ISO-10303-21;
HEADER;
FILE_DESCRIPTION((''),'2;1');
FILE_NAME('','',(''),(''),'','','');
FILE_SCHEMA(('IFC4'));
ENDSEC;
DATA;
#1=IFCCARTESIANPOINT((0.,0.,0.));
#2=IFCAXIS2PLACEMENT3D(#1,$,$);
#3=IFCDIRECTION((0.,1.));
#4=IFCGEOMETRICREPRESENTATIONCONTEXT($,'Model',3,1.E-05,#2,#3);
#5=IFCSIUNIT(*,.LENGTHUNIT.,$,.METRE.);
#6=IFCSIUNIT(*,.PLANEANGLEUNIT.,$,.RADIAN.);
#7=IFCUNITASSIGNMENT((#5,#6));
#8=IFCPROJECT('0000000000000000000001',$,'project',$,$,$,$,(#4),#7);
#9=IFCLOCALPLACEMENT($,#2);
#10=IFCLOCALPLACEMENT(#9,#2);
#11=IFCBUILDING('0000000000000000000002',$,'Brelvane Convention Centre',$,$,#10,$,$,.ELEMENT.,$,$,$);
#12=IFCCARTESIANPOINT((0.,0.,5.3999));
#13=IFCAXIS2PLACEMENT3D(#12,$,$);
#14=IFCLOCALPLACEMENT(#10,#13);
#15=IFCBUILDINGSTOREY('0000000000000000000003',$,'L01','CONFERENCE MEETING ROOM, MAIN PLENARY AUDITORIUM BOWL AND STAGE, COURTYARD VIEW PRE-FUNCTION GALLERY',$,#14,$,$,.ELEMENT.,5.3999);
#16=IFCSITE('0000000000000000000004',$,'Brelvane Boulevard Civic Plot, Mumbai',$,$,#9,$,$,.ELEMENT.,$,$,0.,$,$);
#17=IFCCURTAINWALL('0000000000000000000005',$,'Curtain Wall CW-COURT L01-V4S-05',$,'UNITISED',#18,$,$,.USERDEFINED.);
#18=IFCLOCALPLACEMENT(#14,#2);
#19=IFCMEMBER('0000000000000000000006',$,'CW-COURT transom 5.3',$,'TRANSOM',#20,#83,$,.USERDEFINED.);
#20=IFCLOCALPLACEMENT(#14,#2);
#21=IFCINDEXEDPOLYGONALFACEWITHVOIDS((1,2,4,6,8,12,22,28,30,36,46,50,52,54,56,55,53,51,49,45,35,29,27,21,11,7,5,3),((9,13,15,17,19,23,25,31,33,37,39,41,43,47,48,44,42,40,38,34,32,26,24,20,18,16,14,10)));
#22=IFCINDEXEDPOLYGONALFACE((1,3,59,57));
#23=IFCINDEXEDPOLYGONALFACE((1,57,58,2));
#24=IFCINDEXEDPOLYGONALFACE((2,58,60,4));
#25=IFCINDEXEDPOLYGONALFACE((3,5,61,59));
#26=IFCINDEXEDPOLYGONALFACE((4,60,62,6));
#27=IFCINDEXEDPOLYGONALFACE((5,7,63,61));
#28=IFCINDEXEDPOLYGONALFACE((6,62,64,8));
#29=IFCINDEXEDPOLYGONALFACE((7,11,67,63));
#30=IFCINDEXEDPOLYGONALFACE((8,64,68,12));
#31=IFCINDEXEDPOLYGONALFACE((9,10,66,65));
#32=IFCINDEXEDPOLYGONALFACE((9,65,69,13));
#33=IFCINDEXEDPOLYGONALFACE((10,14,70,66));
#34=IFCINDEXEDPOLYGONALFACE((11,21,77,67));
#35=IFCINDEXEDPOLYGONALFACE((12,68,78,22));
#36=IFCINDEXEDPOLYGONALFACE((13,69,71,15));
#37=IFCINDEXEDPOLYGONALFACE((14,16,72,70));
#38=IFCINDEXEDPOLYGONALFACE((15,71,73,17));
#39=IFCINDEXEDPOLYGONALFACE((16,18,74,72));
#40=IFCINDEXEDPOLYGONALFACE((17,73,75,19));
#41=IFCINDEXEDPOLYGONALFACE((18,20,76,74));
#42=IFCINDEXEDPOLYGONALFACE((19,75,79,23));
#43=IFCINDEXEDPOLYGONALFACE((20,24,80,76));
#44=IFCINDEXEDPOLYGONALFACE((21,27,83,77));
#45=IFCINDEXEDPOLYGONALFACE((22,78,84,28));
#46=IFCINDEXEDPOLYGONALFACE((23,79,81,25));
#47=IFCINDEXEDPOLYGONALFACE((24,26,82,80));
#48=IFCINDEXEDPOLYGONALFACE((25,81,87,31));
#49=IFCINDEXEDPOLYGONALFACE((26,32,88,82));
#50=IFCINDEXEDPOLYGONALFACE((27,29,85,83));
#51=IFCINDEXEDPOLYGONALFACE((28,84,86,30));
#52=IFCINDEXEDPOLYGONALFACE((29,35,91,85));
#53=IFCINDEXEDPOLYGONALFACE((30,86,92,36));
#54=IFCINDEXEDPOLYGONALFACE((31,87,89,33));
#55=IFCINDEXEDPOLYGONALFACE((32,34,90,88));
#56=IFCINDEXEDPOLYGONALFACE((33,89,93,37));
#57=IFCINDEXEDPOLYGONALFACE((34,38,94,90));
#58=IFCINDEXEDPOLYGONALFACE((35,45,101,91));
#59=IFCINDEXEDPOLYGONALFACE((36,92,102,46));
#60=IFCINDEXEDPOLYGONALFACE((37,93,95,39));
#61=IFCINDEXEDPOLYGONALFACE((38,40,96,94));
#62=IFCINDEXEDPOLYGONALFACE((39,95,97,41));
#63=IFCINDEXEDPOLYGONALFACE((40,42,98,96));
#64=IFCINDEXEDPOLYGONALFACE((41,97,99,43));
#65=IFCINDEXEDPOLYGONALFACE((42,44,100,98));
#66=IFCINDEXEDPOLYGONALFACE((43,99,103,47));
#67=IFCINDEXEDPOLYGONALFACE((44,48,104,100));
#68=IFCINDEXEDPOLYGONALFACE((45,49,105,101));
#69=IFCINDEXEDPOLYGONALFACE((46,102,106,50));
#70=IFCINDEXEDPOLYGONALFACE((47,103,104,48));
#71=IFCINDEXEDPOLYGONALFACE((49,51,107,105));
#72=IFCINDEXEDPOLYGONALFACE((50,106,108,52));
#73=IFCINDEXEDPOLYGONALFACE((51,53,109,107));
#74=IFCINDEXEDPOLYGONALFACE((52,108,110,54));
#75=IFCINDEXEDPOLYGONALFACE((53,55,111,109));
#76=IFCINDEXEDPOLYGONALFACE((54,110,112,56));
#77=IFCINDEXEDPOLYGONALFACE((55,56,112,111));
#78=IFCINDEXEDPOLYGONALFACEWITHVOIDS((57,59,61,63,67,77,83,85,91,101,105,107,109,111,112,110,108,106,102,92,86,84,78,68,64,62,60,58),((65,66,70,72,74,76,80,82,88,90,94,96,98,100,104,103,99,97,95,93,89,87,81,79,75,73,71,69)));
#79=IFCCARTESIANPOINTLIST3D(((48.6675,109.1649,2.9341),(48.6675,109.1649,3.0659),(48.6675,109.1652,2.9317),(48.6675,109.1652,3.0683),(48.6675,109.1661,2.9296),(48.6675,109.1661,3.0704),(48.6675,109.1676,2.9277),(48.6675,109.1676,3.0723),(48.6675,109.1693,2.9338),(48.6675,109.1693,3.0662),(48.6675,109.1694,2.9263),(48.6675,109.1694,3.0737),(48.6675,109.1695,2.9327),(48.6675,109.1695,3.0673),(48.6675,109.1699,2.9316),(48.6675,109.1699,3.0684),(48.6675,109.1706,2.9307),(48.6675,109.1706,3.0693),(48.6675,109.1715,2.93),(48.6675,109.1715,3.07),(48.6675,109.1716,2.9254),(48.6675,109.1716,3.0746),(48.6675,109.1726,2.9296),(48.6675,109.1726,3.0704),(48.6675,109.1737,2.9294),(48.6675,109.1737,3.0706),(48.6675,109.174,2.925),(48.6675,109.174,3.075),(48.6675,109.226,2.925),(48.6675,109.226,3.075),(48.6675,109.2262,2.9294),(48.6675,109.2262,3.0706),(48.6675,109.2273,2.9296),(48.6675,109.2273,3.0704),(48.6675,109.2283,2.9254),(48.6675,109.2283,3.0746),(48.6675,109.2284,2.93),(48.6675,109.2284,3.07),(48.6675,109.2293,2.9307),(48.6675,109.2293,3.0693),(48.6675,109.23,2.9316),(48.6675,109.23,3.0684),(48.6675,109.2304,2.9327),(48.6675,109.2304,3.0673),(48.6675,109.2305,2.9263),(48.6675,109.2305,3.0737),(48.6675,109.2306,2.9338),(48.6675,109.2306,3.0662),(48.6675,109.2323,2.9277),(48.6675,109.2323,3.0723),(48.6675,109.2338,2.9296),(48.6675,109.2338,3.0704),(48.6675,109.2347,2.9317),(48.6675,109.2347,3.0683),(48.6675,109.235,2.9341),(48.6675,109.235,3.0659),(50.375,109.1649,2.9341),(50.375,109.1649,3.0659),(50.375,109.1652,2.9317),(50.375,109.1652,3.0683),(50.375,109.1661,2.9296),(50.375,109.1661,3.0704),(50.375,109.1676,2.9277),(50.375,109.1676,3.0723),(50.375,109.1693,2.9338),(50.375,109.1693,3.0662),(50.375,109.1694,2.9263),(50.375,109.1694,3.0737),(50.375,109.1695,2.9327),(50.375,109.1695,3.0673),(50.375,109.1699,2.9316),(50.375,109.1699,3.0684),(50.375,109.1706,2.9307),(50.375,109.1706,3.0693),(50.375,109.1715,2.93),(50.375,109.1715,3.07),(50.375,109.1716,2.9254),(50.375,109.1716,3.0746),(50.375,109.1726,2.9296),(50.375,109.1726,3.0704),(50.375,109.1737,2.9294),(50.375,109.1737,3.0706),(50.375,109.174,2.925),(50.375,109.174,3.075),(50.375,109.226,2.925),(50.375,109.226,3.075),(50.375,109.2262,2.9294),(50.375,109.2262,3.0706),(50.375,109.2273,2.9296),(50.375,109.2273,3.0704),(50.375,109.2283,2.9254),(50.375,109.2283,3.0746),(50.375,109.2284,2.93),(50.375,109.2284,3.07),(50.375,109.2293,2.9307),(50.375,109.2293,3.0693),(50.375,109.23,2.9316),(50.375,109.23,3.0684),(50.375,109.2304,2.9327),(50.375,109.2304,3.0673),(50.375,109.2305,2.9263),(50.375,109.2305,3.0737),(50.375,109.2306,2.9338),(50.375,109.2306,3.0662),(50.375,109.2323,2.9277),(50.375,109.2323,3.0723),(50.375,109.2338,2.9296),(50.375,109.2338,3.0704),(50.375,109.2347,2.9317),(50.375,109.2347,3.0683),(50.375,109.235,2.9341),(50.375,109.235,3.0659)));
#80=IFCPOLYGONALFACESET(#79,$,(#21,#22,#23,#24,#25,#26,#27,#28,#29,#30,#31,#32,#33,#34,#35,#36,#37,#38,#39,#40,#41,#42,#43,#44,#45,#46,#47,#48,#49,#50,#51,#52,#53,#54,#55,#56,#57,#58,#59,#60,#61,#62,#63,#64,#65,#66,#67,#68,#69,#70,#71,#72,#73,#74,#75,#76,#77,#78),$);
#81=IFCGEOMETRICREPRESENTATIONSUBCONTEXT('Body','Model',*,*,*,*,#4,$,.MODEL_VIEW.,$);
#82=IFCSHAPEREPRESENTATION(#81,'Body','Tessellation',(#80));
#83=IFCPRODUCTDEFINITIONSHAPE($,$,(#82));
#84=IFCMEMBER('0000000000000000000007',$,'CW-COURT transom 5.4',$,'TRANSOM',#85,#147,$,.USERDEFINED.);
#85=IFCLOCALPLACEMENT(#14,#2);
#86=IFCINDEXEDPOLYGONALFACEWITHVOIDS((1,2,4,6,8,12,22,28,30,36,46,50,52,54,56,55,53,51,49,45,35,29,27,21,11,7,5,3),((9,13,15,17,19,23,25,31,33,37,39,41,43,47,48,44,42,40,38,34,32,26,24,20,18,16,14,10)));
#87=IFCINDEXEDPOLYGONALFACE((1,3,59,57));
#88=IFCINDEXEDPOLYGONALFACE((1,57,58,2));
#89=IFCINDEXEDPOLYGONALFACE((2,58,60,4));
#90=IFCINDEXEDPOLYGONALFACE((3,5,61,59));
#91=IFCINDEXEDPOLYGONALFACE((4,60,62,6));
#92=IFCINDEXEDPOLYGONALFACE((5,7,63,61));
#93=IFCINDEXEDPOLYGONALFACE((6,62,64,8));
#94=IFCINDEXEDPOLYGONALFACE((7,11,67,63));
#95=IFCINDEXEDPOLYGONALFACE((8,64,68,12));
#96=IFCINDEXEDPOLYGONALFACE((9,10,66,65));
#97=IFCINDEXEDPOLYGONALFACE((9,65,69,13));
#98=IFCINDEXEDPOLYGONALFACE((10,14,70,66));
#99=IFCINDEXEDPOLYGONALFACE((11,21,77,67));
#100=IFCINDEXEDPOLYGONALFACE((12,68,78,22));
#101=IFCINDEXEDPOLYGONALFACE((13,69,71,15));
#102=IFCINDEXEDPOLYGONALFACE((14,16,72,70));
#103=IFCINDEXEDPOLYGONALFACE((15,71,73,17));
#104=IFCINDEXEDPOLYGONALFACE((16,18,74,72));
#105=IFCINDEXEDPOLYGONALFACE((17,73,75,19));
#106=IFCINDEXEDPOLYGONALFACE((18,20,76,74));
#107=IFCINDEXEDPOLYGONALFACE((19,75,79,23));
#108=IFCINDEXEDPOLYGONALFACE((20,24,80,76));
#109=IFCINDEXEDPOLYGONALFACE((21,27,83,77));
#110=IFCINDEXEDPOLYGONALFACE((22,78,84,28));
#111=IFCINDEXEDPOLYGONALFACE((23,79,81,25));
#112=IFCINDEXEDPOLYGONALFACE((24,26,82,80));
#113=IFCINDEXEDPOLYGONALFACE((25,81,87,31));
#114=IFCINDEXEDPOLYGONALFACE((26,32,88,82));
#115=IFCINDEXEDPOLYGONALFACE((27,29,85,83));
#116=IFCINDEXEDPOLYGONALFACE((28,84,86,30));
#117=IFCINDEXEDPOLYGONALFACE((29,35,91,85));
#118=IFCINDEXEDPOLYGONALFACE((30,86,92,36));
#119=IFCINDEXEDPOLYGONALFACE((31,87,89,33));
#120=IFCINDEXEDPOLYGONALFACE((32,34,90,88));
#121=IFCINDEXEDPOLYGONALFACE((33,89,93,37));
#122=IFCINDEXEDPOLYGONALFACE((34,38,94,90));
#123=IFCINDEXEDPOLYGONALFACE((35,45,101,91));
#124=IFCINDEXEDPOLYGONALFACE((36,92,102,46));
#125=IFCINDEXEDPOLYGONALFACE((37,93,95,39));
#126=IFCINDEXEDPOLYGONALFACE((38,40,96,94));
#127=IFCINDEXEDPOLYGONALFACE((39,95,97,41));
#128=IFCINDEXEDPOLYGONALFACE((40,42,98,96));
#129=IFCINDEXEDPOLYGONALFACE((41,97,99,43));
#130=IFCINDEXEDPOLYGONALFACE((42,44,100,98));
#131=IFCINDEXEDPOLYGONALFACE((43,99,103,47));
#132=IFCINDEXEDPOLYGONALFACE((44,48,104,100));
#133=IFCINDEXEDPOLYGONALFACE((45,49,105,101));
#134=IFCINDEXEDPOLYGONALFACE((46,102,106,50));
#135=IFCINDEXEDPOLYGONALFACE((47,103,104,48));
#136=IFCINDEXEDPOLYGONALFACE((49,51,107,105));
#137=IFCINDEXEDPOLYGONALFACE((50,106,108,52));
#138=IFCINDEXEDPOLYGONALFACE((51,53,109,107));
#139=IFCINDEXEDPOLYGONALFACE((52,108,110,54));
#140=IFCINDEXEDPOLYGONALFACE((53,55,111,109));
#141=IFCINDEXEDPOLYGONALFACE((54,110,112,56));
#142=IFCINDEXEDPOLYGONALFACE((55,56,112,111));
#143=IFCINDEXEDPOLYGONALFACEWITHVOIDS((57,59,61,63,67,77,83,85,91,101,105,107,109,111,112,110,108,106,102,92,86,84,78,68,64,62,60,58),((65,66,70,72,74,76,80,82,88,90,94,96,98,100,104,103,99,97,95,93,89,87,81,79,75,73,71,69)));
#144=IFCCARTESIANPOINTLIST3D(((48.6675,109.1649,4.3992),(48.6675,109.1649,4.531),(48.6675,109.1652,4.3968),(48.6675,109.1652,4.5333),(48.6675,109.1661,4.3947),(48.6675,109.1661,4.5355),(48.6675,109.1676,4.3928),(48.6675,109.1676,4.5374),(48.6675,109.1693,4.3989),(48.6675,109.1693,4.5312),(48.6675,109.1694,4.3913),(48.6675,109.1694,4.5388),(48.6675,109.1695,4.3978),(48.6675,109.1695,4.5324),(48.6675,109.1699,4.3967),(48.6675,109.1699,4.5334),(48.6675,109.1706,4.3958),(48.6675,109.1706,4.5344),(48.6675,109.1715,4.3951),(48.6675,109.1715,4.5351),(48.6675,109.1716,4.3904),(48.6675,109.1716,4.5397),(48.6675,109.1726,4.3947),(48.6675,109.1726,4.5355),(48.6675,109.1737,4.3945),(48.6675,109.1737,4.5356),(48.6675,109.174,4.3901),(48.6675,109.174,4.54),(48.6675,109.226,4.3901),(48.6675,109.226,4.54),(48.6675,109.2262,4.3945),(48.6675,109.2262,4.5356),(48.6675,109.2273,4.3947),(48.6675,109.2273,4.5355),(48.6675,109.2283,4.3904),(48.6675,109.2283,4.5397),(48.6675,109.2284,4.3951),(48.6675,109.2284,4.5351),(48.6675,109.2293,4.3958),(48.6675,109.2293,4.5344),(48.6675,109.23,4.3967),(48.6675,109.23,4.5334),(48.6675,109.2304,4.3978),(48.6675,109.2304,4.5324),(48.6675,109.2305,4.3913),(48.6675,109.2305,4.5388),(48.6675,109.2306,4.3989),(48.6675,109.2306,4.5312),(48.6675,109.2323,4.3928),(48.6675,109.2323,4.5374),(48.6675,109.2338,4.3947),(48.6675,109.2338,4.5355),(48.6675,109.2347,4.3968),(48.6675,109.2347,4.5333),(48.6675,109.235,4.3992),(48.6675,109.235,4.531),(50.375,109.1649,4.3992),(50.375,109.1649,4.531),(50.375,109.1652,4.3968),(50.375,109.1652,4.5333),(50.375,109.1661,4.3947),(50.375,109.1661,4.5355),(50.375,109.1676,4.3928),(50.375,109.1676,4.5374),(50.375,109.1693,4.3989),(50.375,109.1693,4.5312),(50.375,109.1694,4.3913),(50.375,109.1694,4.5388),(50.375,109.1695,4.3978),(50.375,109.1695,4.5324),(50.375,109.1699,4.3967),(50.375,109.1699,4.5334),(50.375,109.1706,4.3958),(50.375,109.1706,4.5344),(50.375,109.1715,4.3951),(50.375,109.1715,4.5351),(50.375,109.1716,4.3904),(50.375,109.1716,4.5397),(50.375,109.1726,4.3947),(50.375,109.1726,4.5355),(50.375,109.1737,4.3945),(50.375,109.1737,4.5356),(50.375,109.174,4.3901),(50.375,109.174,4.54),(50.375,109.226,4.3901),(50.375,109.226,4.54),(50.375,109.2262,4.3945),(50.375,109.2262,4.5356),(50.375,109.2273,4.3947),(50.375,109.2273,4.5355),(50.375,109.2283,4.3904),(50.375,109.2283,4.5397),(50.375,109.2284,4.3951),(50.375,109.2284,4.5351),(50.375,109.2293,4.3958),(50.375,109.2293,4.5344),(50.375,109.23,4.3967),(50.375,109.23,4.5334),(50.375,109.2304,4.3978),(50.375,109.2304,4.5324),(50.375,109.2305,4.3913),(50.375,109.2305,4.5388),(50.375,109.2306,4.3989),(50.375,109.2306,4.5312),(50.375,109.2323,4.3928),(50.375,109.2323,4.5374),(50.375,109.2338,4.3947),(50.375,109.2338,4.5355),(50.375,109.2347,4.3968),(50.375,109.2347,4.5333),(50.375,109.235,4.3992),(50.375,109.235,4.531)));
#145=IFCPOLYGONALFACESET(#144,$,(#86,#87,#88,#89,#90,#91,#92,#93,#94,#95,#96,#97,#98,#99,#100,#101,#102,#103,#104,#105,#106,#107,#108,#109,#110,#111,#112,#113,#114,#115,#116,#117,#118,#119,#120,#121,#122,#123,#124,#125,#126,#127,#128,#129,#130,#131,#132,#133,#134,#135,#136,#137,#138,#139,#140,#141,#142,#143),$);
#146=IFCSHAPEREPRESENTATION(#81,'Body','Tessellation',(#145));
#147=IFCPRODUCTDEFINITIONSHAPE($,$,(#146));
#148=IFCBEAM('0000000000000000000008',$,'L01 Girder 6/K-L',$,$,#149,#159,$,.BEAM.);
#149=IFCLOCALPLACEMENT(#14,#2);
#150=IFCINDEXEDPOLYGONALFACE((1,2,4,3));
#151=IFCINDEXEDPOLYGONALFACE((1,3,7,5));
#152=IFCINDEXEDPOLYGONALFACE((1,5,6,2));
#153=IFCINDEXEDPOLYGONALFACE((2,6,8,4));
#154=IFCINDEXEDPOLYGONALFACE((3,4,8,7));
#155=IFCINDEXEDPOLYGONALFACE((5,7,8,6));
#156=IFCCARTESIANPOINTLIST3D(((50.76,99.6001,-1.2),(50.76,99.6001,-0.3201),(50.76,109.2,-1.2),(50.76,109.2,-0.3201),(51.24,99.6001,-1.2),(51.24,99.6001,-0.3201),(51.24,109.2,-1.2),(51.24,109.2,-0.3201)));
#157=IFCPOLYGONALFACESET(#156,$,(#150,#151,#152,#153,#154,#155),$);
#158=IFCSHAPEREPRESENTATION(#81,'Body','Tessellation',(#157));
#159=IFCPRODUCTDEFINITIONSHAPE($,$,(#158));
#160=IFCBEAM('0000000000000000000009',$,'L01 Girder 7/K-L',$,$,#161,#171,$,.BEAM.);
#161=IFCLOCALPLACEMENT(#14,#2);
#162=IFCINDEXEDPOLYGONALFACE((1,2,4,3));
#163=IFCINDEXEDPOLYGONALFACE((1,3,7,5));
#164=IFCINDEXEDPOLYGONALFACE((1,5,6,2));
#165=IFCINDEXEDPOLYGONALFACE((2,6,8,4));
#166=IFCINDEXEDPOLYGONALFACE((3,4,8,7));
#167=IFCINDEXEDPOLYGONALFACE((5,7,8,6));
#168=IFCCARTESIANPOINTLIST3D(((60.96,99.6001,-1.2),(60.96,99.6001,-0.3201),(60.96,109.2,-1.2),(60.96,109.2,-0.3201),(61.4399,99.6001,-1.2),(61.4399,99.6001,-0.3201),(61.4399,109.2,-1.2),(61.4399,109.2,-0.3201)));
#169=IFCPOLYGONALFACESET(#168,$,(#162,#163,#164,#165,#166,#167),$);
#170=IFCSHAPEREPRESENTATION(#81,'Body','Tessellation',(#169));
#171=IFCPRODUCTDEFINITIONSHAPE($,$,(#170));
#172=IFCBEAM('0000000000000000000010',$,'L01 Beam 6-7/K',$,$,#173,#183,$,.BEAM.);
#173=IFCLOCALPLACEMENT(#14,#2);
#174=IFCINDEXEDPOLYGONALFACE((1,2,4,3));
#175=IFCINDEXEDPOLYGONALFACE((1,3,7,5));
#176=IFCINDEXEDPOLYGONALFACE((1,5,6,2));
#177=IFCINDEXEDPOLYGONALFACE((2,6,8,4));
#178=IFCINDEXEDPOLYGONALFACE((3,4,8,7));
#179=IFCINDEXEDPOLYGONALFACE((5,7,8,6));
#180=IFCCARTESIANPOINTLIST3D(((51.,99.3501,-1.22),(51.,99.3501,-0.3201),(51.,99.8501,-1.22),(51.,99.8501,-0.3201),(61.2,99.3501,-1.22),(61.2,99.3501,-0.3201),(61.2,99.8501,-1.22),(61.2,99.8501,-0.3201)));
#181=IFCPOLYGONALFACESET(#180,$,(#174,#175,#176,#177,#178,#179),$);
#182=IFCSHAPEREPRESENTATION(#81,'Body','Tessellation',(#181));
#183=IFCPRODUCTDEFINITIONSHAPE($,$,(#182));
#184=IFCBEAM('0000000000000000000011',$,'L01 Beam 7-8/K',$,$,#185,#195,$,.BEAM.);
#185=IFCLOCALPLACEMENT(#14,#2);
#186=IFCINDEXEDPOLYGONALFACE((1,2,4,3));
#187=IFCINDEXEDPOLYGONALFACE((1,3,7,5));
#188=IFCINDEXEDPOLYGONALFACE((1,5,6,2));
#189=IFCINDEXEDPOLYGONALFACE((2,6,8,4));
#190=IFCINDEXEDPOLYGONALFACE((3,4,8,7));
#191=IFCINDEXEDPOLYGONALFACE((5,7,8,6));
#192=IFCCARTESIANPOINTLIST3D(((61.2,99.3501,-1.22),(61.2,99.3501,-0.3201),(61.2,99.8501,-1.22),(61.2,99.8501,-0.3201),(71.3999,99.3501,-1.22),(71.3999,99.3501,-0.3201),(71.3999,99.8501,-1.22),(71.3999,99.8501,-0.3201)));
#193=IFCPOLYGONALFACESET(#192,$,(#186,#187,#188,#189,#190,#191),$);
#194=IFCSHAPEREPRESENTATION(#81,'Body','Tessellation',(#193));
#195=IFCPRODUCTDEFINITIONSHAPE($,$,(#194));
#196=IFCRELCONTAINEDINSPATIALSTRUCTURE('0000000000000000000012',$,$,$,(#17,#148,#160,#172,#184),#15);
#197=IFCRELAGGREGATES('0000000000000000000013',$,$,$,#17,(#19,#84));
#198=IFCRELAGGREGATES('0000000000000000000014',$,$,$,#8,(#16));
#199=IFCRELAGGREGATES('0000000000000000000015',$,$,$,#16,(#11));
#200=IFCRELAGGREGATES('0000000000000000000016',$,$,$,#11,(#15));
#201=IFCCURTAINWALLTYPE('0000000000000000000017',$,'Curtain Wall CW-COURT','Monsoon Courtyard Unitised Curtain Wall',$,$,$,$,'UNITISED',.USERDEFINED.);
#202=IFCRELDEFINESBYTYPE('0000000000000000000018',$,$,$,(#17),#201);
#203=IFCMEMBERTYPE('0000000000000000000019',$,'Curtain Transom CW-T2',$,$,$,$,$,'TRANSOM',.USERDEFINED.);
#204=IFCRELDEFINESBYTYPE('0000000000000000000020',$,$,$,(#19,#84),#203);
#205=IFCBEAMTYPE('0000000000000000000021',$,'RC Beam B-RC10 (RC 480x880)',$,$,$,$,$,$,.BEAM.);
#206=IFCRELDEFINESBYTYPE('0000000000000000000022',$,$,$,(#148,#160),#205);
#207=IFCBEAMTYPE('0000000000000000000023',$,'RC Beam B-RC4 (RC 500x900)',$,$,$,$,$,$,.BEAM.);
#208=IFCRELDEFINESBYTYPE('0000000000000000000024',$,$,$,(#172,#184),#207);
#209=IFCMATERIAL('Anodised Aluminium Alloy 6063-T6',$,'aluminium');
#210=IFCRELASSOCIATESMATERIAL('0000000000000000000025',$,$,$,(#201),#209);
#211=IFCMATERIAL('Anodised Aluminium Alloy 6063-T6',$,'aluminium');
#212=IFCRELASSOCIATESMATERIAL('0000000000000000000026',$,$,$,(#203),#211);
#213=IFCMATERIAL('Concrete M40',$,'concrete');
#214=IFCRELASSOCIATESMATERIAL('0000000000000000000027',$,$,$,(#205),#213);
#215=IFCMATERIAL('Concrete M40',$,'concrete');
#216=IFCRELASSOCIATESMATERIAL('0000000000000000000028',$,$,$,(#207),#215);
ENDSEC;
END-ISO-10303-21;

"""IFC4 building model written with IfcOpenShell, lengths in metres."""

from ifc_helpers import new_model, si_unit, direction, frame, origin, origin_2d, place, context, subcontext, project, spatial, rectangle, hollow_rectangle, extrude, material, material_profile, profile_set, type_object, element, aggregate, save


model = new_model("IFC4")

# Units and contexts
model_context = context("Model", 3, precision=1e-05, world=origin(), true_north=direction((0.0, 1.0)))
body_context = subcontext(model_context, "Body", "Model", "MODEL_VIEW")
ifc_project = project(units=[si_unit("LENGTHUNIT", "METRE"), si_unit("PLANEANGLEUNIT", "RADIAN")], contexts=[model_context])

# Site, building, storey
site_placement = place(None, origin())
site = spatial("IfcSite", under=ifc_project, at=site_placement, Name="Brelvane Boulevard Civic Plot, Mumbai", CompositionType="ELEMENT", RefElevation=0.0)
building_placement = place(site_placement, origin())
building = spatial("IfcBuilding", under=site, at=building_placement, Name="Brelvane Convention Centre", CompositionType="ELEMENT")
storey_placement = place(building_placement, frame((0.0, 0.0, 5.3999)))
storey = spatial("IfcBuildingStorey", under=building, at=storey_placement, Name="L01", Description="CONFERENCE MEETING ROOM, MAIN PLENARY AUDITORIUM BOWL AND STAGE, COURTYARD VIEW PRE-FUNCTION GALLERY", CompositionType="ELEMENT", Elevation=5.3999)

# Curtain wall, members
ifc_material_1 = material(Name="Anodised Aluminium Alloy 6063-T6", Category="aluminium")
curtain_wall_type = type_object("IfcCurtainWallType", Name="Curtain Wall CW-COURT", Description="Monsoon Courtyard Unitised Curtain Wall", ElementType="UNITISED", PredefinedType="USERDEFINED", material=ifc_material_1)
curtain_wall_placement = place(storey_placement, origin())
curtain_wall = element("IfcCurtainWall", 1, at=curtain_wall_placement, inside=storey, type_object=curtain_wall_type, Name="Curtain Wall CW-COURT L01-V4S-05", ObjectType="UNITISED", PredefinedType="USERDEFINED")
ifc_material_2 = material(Name="Anodised Aluminium Alloy 6063-T6", Category="aluminium")
ifc_material_profile_1 = material_profile(ifc_material_2, hollow_rectangle(XDim=0.0701, YDim=0.1499, WallThickness=0.0044, InnerFilletRadius=0.0044, OuterFilletRadius=0.009, at=origin_2d()), Name="ALU-T 150x70x4.5")
ifc_profile_set_1 = profile_set([ifc_material_profile_1], Name="Anodised Aluminium Alloy 6063-T6")
member_type_1 = type_object("IfcMemberType", Name="Curtain Transom CW-T2", ElementType="TRANSOM", PredefinedType="USERDEFINED", material=ifc_profile_set_1)
member_1_placement = place(storey_placement, frame((48.6675, 109.2, 3.0), z_axis=(1.0, 0.0, 0.0), x_axis=(0.0, 1.0, 0.0)))
member_1 = element("IfcMember", 2, at=member_1_placement, type_object=member_type_1, Name="CW-COURT transom 5.3", ObjectType="TRANSOM", PredefinedType="USERDEFINED", context=body_context, shape_type="SweptSolid", body=[
    extrude(hollow_rectangle(XDim=0.0701, YDim=0.1499, WallThickness=0.0044, InnerFilletRadius=0.0044, OuterFilletRadius=0.009, at=origin_2d()), origin(), (0.0, 0.0, 1.0), 1.7075),
])
member_2_placement = place(storey_placement, frame((48.6675, 109.2, 4.4651), z_axis=(1.0, 0.0, 0.0), x_axis=(0.0, 1.0, 0.0)))
member_2 = element("IfcMember", 3, at=member_2_placement, type_object=member_type_1, Name="CW-COURT transom 5.4", ObjectType="TRANSOM", PredefinedType="USERDEFINED", context=body_context, shape_type="SweptSolid", body=[
    extrude(hollow_rectangle(XDim=0.0701, YDim=0.1499, WallThickness=0.0044, InnerFilletRadius=0.0044, OuterFilletRadius=0.009, at=origin_2d()), origin(), (0.0, 0.0, 1.0), 1.7075),
])

# Beams
ifc_material_3 = material(Name="Concrete M40", Category="concrete")
ifc_material_profile_2 = material_profile(ifc_material_3, rectangle(XDim=0.48, YDim=0.8799, at=origin_2d()), Name="RC 480x880")
ifc_profile_set_2 = profile_set([ifc_material_profile_2], Name="Concrete M40")
beam_type_1 = type_object("IfcBeamType", Name="RC Beam B-RC10 (RC 480x880)", PredefinedType="BEAM", material=ifc_profile_set_2)
for number, where, z_axis, x_axis, name in (
    (4, (51.0, 99.6001, -0.76), (0.0, 1.0, 0.0), (-1.0, 0.0, 0.0), "L01 Girder 6/K-L"),
    (5, (61.2, 99.6001, -0.76), (0.0, 1.0, 0.0), (-1.0, 0.0, 0.0), "L01 Girder 7/K-L"),
):
    element("IfcBeam", number, at=place(storey_placement, frame(where, z_axis=z_axis, x_axis=x_axis)), inside=storey, type_object=beam_type_1, Name=name, PredefinedType="BEAM", context=body_context, shape_type="SweptSolid", body=[
        extrude(rectangle(XDim=0.48, YDim=0.8799, at=origin_2d()), origin(), (0.0, 0.0, 1.0), 9.5999),
    ])
ifc_material_4 = material(Name="Concrete M40", Category="concrete")
ifc_material_profile_3 = material_profile(ifc_material_4, rectangle(XDim=0.5, YDim=0.8999, at=origin_2d()), Name="RC 500x900")
ifc_profile_set_3 = profile_set([ifc_material_profile_3], Name="Concrete M40")
beam_type_2 = type_object("IfcBeamType", Name="RC Beam B-RC4 (RC 500x900)", PredefinedType="BEAM", material=ifc_profile_set_3)
for number, where, z_axis, x_axis, name in (
    (6, (51.0, 99.6001, -0.77), (1.0, 0.0, 0.0), (0.0, 1.0, 0.0), "L01 Beam 6-7/K"),
    (7, (61.2, 99.6001, -0.77), (1.0, 0.0, 0.0), (0.0, 1.0, 0.0), "L01 Beam 7-8/K"),
):
    element("IfcBeam", number, at=place(storey_placement, frame(where, z_axis=z_axis, x_axis=x_axis)), inside=storey, type_object=beam_type_2, Name=name, PredefinedType="BEAM", context=body_context, shape_type="SweptSolid", body=[
        extrude(rectangle(XDim=0.5, YDim=0.8999, at=origin_2d()), origin(), (0.0, 0.0, 1.0), 10.2),
    ])

aggregate(curtain_wall, [member_1, member_2])

save(model, "model.ifc")
